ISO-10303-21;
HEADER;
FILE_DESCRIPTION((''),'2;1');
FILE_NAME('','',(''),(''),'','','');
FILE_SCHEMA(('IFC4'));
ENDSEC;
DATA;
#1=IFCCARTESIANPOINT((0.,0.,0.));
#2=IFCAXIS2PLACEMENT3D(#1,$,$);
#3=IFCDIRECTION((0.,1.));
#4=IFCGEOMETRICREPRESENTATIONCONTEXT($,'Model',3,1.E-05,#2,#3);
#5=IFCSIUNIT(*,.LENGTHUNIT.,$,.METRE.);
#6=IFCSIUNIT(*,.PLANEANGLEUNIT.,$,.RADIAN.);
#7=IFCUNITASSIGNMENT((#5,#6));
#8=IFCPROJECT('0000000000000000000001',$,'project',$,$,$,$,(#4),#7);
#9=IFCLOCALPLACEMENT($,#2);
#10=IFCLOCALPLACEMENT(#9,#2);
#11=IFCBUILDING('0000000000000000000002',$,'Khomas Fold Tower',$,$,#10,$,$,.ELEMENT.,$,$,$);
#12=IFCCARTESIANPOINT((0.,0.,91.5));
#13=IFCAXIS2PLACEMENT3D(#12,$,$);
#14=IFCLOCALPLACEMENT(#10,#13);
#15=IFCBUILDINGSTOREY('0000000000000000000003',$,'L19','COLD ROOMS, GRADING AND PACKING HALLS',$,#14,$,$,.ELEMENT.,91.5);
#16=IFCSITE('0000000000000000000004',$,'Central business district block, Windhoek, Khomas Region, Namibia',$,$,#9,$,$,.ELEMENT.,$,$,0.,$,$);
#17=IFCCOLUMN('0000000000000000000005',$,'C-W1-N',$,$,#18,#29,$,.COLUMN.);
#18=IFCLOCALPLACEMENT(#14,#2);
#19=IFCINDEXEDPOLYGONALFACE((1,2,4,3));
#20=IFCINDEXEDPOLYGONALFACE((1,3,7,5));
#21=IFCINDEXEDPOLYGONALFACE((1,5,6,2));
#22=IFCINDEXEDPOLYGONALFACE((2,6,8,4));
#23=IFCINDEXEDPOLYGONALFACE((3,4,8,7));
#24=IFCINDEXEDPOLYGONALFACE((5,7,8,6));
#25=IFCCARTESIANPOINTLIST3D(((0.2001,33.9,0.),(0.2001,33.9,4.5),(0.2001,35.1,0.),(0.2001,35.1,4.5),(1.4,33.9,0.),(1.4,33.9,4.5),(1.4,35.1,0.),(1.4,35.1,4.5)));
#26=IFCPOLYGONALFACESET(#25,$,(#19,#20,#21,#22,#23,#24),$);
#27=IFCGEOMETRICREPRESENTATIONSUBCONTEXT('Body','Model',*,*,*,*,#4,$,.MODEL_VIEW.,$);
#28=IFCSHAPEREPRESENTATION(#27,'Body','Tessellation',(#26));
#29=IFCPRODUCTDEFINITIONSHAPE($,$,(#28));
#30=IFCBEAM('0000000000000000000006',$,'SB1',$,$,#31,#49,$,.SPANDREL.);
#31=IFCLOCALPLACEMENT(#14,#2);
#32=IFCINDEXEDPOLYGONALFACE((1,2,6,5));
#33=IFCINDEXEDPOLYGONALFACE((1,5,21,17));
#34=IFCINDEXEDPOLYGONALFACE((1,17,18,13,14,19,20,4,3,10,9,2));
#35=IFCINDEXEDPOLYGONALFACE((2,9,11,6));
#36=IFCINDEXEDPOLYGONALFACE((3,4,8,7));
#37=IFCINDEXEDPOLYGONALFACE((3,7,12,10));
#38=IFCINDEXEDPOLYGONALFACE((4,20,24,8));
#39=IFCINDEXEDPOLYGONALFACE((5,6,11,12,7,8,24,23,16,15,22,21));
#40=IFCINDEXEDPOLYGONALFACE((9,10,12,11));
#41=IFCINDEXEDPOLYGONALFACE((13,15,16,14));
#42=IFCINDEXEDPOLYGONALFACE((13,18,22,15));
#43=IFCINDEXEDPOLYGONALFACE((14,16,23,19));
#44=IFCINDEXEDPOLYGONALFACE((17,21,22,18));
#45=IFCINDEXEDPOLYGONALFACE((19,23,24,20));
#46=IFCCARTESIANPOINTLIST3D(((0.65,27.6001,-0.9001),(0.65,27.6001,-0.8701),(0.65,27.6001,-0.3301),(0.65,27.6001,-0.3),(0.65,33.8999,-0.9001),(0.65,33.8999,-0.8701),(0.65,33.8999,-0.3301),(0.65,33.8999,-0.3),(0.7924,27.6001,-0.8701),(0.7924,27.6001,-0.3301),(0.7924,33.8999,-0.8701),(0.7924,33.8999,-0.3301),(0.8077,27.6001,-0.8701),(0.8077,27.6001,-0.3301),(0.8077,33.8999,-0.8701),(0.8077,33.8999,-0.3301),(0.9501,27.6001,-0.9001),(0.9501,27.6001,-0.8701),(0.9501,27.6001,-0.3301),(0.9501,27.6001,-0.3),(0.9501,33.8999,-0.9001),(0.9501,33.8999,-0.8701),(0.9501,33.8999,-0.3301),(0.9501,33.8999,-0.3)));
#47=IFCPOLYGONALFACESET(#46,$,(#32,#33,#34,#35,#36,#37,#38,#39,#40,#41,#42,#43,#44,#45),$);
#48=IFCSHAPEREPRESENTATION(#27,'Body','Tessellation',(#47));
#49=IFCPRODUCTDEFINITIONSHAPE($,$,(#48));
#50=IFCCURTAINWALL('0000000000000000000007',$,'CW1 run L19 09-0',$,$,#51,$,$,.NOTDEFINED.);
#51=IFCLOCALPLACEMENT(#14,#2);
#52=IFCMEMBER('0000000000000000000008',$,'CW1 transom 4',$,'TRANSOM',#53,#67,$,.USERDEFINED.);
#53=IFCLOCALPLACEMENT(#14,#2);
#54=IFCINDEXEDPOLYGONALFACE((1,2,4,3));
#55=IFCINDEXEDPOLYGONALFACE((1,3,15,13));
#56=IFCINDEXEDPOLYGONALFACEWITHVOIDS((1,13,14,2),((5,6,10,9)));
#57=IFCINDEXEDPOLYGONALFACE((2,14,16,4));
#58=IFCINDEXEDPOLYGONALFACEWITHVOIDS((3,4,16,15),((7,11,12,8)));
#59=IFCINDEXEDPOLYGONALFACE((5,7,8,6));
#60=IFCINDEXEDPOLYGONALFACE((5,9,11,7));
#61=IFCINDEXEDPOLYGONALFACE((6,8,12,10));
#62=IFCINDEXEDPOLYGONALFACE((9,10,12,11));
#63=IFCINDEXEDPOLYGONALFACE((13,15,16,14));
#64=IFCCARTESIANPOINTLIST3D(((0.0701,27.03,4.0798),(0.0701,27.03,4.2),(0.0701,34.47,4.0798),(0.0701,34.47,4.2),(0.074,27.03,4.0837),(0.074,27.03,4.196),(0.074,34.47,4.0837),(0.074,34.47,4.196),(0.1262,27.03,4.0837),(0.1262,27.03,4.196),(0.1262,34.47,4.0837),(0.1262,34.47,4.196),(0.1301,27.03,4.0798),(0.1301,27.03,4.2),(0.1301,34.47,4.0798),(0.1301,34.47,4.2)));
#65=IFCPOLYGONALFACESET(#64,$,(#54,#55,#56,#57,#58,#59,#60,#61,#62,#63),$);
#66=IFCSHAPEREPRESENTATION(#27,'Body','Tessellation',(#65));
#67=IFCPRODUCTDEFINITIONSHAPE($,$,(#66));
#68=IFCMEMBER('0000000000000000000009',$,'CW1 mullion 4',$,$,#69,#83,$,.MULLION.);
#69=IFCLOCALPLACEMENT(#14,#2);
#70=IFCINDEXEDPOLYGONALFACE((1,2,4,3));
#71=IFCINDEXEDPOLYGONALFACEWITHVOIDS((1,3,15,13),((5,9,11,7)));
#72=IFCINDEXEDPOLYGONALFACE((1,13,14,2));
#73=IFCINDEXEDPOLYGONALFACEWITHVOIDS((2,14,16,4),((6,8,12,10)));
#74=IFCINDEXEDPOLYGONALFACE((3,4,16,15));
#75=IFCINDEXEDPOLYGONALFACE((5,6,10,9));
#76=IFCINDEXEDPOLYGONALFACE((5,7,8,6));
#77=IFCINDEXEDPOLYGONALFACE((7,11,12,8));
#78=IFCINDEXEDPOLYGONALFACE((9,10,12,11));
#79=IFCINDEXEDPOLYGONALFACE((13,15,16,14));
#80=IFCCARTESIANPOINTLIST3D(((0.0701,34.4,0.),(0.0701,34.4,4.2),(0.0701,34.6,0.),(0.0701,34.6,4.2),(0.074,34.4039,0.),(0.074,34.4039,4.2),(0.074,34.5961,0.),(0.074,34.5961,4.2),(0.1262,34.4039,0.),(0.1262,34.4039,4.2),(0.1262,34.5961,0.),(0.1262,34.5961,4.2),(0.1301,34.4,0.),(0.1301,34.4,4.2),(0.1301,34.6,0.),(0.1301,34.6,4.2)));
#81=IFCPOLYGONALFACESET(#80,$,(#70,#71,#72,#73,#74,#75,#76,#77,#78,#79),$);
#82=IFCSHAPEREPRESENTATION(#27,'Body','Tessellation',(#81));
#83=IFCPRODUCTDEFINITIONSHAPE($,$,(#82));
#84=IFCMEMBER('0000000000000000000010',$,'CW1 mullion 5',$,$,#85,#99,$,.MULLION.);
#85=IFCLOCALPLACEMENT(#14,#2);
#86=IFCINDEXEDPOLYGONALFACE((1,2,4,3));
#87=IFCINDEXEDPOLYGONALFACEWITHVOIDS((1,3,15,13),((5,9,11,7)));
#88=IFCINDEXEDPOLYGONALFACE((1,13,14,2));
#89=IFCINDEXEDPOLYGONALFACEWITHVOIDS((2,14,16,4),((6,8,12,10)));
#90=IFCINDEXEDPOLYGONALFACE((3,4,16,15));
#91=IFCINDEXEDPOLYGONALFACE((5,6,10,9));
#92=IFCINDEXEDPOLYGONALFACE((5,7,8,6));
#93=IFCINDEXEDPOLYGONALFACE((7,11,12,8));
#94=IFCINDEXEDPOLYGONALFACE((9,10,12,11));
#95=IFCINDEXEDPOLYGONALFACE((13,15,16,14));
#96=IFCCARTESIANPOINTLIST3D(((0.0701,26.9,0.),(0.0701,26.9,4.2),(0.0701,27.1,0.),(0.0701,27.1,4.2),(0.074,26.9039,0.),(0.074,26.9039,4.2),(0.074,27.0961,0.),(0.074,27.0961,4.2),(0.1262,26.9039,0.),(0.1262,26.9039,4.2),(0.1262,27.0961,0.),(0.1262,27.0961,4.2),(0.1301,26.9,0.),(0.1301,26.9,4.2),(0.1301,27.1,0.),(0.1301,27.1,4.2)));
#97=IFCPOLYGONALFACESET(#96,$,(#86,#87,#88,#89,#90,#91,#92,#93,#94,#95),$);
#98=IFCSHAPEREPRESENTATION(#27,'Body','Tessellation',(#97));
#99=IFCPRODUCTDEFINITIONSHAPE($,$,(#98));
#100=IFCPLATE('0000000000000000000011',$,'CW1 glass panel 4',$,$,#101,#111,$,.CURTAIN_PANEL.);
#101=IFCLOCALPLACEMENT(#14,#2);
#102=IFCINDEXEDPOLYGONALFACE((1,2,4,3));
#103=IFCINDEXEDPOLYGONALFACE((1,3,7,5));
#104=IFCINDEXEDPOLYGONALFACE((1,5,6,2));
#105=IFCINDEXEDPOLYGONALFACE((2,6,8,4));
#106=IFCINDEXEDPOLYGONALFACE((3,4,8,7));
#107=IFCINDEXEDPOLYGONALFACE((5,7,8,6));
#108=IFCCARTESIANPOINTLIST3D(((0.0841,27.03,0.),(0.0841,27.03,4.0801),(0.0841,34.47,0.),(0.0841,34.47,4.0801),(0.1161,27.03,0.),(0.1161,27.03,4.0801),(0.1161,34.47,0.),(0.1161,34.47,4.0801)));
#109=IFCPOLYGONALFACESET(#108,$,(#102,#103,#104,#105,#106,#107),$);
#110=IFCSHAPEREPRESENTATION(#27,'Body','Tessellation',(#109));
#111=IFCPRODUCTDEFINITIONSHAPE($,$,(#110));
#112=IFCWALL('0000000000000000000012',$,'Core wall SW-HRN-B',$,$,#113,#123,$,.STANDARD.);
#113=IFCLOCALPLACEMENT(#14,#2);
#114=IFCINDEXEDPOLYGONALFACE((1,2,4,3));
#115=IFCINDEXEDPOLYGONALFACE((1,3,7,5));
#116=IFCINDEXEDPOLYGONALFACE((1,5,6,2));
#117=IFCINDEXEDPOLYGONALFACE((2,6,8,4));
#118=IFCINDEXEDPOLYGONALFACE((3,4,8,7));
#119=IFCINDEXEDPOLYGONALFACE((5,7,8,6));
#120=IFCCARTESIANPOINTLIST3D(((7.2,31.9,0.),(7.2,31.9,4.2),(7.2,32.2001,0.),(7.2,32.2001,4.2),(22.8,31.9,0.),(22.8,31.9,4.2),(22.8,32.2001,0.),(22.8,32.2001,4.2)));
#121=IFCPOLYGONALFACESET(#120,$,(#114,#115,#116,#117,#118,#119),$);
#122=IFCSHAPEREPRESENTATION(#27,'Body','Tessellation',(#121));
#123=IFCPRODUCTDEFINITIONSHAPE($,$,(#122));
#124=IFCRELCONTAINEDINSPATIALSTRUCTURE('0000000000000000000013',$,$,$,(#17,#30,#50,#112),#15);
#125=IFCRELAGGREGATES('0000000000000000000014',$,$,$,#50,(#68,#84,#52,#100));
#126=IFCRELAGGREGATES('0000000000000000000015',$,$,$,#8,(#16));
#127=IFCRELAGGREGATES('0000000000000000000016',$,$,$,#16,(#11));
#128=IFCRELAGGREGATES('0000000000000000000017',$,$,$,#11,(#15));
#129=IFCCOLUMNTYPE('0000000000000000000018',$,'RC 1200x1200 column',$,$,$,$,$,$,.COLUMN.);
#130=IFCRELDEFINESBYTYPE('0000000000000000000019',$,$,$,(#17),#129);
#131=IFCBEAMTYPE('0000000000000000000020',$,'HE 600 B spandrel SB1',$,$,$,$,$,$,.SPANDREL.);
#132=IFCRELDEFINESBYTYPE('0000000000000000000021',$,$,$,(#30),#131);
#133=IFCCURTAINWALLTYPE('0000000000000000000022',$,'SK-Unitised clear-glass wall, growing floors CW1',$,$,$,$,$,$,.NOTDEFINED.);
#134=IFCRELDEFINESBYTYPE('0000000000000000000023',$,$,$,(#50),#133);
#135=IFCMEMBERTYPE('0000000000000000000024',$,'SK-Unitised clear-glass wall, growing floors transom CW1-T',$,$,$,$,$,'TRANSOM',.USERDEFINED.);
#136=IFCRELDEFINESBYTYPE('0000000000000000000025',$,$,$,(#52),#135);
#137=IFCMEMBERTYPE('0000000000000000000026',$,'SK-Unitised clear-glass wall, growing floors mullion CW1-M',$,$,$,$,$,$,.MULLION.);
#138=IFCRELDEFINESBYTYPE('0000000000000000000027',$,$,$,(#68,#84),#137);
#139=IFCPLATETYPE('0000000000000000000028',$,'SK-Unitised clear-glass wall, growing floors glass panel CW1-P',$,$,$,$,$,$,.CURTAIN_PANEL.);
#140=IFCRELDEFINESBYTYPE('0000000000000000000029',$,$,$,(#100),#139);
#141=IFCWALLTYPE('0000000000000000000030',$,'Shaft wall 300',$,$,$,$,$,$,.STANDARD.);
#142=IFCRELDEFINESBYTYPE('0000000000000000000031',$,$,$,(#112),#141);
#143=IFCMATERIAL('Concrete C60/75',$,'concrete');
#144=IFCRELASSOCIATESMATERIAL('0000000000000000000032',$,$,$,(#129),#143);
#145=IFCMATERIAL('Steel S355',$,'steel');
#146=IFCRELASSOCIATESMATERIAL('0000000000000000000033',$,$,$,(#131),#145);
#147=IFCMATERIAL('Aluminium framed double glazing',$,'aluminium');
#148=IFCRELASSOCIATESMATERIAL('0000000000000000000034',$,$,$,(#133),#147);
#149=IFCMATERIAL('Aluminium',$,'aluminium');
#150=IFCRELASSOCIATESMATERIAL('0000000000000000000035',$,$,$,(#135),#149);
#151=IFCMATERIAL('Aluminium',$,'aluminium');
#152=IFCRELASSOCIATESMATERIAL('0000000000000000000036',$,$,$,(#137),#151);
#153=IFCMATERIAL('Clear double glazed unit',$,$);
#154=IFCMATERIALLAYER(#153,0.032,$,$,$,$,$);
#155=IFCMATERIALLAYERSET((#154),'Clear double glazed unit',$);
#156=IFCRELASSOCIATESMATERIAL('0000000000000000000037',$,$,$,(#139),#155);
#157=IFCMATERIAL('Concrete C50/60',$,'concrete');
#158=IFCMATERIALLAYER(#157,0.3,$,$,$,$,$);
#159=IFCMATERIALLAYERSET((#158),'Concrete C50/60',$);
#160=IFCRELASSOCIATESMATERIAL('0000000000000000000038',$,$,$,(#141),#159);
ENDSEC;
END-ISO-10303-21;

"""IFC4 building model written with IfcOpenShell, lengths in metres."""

from ifc_helpers import new_model, si_unit, direction, frame, frame_2d, origin, origin_2d, place, context, subcontext, project, spatial, rectangle, hollow_rectangle, i_section, extrude, source, transform, mapped, material, layer, layer_set, material_profile, profile_set, type_object, element, aggregate, save


model = new_model("IFC4")

# Units and contexts
model_context = context("Model", 3, precision=1e-05, world=origin(), true_north=direction((0.0, 1.0)))
body_context = subcontext(model_context, "Body", "Model", "MODEL_VIEW")
ifc_project = project(units=[si_unit("LENGTHUNIT", "METRE"), si_unit("PLANEANGLEUNIT", "RADIAN")], contexts=[model_context])

# Site, building, storey
site_placement = place(None, origin())
site = spatial("IfcSite", under=ifc_project, at=site_placement, Name="Central business district block, Windhoek, Khomas Region, Namibia", CompositionType="ELEMENT", RefElevation=0.0)
building_placement = place(site_placement, origin())
building = spatial("IfcBuilding", under=site, at=building_placement, Name="Khomas Fold Tower", CompositionType="ELEMENT")
storey_placement = place(building_placement, frame((0.0, 0.0, 91.5)))
storey = spatial("IfcBuildingStorey", under=building, at=storey_placement, Name="L19", Description="COLD ROOMS, GRADING AND PACKING HALLS", CompositionType="ELEMENT", Elevation=91.5)

# Column
ifc_material_1 = material(Name="Concrete C60/75", Category="concrete")
ifc_material_profile_1 = material_profile(ifc_material_1, rectangle(XDim=1.2, YDim=1.2, at=origin_2d()), Name="RC 1200x1200")
ifc_profile_set_1 = profile_set([ifc_material_profile_1], Name="Concrete C60/75")
column_type = type_object("IfcColumnType", Name="RC 1200x1200 column", PredefinedType="COLUMN", material=ifc_profile_set_1)
shared_shape_1 = source(origin(), body_context, "Body", "SweptSolid", [
    extrude(rectangle(XDim=1.2, YDim=1.2, at=origin_2d()), origin(), (0.0, 0.0, 1.0), 4.5),
])
column_placement = place(storey_placement, frame((0.8, 34.5, 0.0), z_axis=(0.0, 0.0, 1.0), x_axis=(1.0, 0.0, 0.0)))
element("IfcColumn", 1, at=column_placement, inside=storey, type_object=column_type, Name="C-W1-N", PredefinedType="COLUMN", context=body_context, shape_type="MappedRepresentation", body=[
    mapped(shared_shape_1, transform((0.0, 0.0, 0.0))),
])

# Beam
ifc_material_2 = material(Name="Steel S355", Category="steel")
ifc_material_profile_2 = material_profile(ifc_material_2, i_section(OverallWidth=0.3, OverallDepth=0.6001, WebThickness=0.0154, FlangeThickness=0.03, at=origin_2d()), Name="HE 600 B")
ifc_profile_set_2 = profile_set([ifc_material_profile_2], Name="Steel S355")
beam_type = type_object("IfcBeamType", Name="HE 600 B spandrel SB1", PredefinedType="SPANDREL", material=ifc_profile_set_2)
shared_shape_2 = source(origin(), body_context, "Body", "SweptSolid", [
    extrude(i_section(OverallWidth=0.3, OverallDepth=0.6001, WebThickness=0.0154, FlangeThickness=0.03, at=origin_2d()), origin(), (0.0, 0.0, 1.0), 6.2998),
])
beam_placement = place(storey_placement, frame((0.8, 27.6001, -0.6001), z_axis=(0.0, 1.0, 0.0), x_axis=(-1.0, 0.0, 0.0)))
element("IfcBeam", 2, at=beam_placement, inside=storey, type_object=beam_type, Name="SB1", PredefinedType="SPANDREL", context=body_context, shape_type="MappedRepresentation", body=[
    mapped(shared_shape_2, transform((0.0, 0.0, 0.0))),
])

# Curtain wall, members, plate
ifc_material_3 = material(Name="Aluminium framed double glazing", Category="aluminium")
curtain_wall_type = type_object("IfcCurtainWallType", Name="SK-Unitised clear-glass wall, growing floors CW1", PredefinedType="NOTDEFINED", material=ifc_material_3)
curtain_wall_placement = place(storey_placement, origin())
curtain_wall = element("IfcCurtainWall", 3, at=curtain_wall_placement, inside=storey, type_object=curtain_wall_type, Name="CW1 run L19 09-0", PredefinedType="NOTDEFINED")
ifc_material_4 = material(Name="Aluminium", Category="aluminium")
ifc_material_profile_3 = material_profile(ifc_material_4, hollow_rectangle(XDim=0.0601, YDim=0.1201, WallThickness=0.0039, at=origin_2d()), Name="SK-Unitised clear-glass wall, growing floors transom CW1-T")
ifc_profile_set_3 = profile_set([ifc_material_profile_3], Name="Aluminium")
member_type_1 = type_object("IfcMemberType", Name="SK-Unitised clear-glass wall, growing floors transom CW1-T", ElementType="TRANSOM", PredefinedType="USERDEFINED", material=ifc_profile_set_3)
shared_shape_3 = source(origin(), body_context, "Body", "SweptSolid", [
    extrude(hollow_rectangle(XDim=0.0601, YDim=0.1201, WallThickness=0.0039, at=origin_2d()), origin(), (0.0, 0.0, 1.0), 7.4399),
])
member_1_placement = place(storey_placement, frame((0.1001, 34.47, 4.1399), z_axis=(0.0, -1.0, 0.0), x_axis=(1.0, 0.0, 0.0)))
member_1 = element("IfcMember", 4, at=member_1_placement, type_object=member_type_1, Name="CW1 transom 4", ObjectType="TRANSOM", PredefinedType="USERDEFINED", context=body_context, shape_type="MappedRepresentation", body=[
    mapped(shared_shape_3, transform((0.0, 0.0, 0.0))),
])
ifc_material_5 = material(Name="Aluminium", Category="aluminium")
ifc_material_profile_4 = material_profile(ifc_material_5, hollow_rectangle(XDim=0.0601, YDim=0.2, WallThickness=0.0039, at=origin_2d()), Name="SK-Unitised clear-glass wall, growing floors mullion CW1-M")
ifc_profile_set_4 = profile_set([ifc_material_profile_4], Name="Aluminium")
member_type_2 = type_object("IfcMemberType", Name="SK-Unitised clear-glass wall, growing floors mullion CW1-M", PredefinedType="MULLION", material=ifc_profile_set_4)
shared_shape_4 = source(origin(), body_context, "Body", "SweptSolid", [
    extrude(hollow_rectangle(XDim=0.0601, YDim=0.2, WallThickness=0.0039, at=origin_2d()), origin(), (0.0, 0.0, 1.0), 4.2),
])
member_2_placement = place(storey_placement, frame((0.1001, 34.5, 0.0), z_axis=(0.0, 0.0, 1.0), x_axis=(1.0, 0.0, 0.0)))
member_2 = element("IfcMember", 5, at=member_2_placement, type_object=member_type_2, Name="CW1 mullion 4", PredefinedType="MULLION", context=body_context, shape_type="MappedRepresentation", body=[
    mapped(shared_shape_4, transform((0.0, 0.0, 0.0))),
])
member_3_placement = place(storey_placement, frame((0.1001, 27.0, 0.0), z_axis=(0.0, 0.0, 1.0), x_axis=(1.0, 0.0, 0.0)))
member_3 = element("IfcMember", 6, at=member_3_placement, type_object=member_type_2, Name="CW1 mullion 5", PredefinedType="MULLION", context=body_context, shape_type="MappedRepresentation", body=[
    mapped(shared_shape_4, transform((0.0, 0.0, 0.0))),
])
ifc_material_6 = material(Name="Clear double glazed unit")
ifc_layer_1 = layer(ifc_material_6, 0.032)
ifc_layer_set_1 = layer_set([ifc_layer_1], Name="Clear double glazed unit")
plate_type = type_object("IfcPlateType", Name="SK-Unitised clear-glass wall, growing floors glass panel CW1-P", PredefinedType="CURTAIN_PANEL", material=ifc_layer_set_1)
shared_shape_5 = source(origin(), body_context, "Body", "SweptSolid", [
    extrude(rectangle(XDim=7.4399, YDim=0.032, at=origin_2d()), origin(), (0.0, 0.0, 1.0), 4.0801),
])
plate_placement = place(storey_placement, frame((0.1001, 30.75, 0.0), z_axis=(0.0, 0.0, 1.0), x_axis=(0.0, -1.0, 0.0)))
plate = element("IfcPlate", 7, at=plate_placement, type_object=plate_type, Name="CW1 glass panel 4", PredefinedType="CURTAIN_PANEL", context=body_context, shape_type="MappedRepresentation", body=[
    mapped(shared_shape_5, transform((0.0, 0.0, 0.0))),
])
aggregate(curtain_wall, [member_2, member_3, member_1, plate])

# Wall
ifc_material_7 = material(Name="Concrete C50/60", Category="concrete")
ifc_layer_2 = layer(ifc_material_7, 0.3)
ifc_layer_set_2 = layer_set([ifc_layer_2], Name="Concrete C50/60")
wall_type_1 = type_object("IfcWallType", Name="Shaft wall 300", PredefinedType="STANDARD", material=ifc_layer_set_2)
shared_shape_6 = source(origin(), body_context, "Body", "SweptSolid", [
    extrude(rectangle(XDim=15.6001, YDim=0.3, at=frame_2d((7.8, 0.0))), origin(), (0.0, 0.0, 1.0), 4.2),
])
wall_1_placement = place(storey_placement, frame((7.2, 32.05, 0.0), z_axis=(0.0, 0.0, 1.0), x_axis=(1.0, 0.0, 0.0)))
element("IfcWall", 8, at=wall_1_placement, inside=storey, type_object=wall_type_1, Name="Core wall SW-HRN-B", PredefinedType="STANDARD", context=body_context, shape_type="MappedRepresentation", body=[
    mapped(shared_shape_6, transform((0.0, 0.0, 0.0))),
])

save(model, "model.ifc")
